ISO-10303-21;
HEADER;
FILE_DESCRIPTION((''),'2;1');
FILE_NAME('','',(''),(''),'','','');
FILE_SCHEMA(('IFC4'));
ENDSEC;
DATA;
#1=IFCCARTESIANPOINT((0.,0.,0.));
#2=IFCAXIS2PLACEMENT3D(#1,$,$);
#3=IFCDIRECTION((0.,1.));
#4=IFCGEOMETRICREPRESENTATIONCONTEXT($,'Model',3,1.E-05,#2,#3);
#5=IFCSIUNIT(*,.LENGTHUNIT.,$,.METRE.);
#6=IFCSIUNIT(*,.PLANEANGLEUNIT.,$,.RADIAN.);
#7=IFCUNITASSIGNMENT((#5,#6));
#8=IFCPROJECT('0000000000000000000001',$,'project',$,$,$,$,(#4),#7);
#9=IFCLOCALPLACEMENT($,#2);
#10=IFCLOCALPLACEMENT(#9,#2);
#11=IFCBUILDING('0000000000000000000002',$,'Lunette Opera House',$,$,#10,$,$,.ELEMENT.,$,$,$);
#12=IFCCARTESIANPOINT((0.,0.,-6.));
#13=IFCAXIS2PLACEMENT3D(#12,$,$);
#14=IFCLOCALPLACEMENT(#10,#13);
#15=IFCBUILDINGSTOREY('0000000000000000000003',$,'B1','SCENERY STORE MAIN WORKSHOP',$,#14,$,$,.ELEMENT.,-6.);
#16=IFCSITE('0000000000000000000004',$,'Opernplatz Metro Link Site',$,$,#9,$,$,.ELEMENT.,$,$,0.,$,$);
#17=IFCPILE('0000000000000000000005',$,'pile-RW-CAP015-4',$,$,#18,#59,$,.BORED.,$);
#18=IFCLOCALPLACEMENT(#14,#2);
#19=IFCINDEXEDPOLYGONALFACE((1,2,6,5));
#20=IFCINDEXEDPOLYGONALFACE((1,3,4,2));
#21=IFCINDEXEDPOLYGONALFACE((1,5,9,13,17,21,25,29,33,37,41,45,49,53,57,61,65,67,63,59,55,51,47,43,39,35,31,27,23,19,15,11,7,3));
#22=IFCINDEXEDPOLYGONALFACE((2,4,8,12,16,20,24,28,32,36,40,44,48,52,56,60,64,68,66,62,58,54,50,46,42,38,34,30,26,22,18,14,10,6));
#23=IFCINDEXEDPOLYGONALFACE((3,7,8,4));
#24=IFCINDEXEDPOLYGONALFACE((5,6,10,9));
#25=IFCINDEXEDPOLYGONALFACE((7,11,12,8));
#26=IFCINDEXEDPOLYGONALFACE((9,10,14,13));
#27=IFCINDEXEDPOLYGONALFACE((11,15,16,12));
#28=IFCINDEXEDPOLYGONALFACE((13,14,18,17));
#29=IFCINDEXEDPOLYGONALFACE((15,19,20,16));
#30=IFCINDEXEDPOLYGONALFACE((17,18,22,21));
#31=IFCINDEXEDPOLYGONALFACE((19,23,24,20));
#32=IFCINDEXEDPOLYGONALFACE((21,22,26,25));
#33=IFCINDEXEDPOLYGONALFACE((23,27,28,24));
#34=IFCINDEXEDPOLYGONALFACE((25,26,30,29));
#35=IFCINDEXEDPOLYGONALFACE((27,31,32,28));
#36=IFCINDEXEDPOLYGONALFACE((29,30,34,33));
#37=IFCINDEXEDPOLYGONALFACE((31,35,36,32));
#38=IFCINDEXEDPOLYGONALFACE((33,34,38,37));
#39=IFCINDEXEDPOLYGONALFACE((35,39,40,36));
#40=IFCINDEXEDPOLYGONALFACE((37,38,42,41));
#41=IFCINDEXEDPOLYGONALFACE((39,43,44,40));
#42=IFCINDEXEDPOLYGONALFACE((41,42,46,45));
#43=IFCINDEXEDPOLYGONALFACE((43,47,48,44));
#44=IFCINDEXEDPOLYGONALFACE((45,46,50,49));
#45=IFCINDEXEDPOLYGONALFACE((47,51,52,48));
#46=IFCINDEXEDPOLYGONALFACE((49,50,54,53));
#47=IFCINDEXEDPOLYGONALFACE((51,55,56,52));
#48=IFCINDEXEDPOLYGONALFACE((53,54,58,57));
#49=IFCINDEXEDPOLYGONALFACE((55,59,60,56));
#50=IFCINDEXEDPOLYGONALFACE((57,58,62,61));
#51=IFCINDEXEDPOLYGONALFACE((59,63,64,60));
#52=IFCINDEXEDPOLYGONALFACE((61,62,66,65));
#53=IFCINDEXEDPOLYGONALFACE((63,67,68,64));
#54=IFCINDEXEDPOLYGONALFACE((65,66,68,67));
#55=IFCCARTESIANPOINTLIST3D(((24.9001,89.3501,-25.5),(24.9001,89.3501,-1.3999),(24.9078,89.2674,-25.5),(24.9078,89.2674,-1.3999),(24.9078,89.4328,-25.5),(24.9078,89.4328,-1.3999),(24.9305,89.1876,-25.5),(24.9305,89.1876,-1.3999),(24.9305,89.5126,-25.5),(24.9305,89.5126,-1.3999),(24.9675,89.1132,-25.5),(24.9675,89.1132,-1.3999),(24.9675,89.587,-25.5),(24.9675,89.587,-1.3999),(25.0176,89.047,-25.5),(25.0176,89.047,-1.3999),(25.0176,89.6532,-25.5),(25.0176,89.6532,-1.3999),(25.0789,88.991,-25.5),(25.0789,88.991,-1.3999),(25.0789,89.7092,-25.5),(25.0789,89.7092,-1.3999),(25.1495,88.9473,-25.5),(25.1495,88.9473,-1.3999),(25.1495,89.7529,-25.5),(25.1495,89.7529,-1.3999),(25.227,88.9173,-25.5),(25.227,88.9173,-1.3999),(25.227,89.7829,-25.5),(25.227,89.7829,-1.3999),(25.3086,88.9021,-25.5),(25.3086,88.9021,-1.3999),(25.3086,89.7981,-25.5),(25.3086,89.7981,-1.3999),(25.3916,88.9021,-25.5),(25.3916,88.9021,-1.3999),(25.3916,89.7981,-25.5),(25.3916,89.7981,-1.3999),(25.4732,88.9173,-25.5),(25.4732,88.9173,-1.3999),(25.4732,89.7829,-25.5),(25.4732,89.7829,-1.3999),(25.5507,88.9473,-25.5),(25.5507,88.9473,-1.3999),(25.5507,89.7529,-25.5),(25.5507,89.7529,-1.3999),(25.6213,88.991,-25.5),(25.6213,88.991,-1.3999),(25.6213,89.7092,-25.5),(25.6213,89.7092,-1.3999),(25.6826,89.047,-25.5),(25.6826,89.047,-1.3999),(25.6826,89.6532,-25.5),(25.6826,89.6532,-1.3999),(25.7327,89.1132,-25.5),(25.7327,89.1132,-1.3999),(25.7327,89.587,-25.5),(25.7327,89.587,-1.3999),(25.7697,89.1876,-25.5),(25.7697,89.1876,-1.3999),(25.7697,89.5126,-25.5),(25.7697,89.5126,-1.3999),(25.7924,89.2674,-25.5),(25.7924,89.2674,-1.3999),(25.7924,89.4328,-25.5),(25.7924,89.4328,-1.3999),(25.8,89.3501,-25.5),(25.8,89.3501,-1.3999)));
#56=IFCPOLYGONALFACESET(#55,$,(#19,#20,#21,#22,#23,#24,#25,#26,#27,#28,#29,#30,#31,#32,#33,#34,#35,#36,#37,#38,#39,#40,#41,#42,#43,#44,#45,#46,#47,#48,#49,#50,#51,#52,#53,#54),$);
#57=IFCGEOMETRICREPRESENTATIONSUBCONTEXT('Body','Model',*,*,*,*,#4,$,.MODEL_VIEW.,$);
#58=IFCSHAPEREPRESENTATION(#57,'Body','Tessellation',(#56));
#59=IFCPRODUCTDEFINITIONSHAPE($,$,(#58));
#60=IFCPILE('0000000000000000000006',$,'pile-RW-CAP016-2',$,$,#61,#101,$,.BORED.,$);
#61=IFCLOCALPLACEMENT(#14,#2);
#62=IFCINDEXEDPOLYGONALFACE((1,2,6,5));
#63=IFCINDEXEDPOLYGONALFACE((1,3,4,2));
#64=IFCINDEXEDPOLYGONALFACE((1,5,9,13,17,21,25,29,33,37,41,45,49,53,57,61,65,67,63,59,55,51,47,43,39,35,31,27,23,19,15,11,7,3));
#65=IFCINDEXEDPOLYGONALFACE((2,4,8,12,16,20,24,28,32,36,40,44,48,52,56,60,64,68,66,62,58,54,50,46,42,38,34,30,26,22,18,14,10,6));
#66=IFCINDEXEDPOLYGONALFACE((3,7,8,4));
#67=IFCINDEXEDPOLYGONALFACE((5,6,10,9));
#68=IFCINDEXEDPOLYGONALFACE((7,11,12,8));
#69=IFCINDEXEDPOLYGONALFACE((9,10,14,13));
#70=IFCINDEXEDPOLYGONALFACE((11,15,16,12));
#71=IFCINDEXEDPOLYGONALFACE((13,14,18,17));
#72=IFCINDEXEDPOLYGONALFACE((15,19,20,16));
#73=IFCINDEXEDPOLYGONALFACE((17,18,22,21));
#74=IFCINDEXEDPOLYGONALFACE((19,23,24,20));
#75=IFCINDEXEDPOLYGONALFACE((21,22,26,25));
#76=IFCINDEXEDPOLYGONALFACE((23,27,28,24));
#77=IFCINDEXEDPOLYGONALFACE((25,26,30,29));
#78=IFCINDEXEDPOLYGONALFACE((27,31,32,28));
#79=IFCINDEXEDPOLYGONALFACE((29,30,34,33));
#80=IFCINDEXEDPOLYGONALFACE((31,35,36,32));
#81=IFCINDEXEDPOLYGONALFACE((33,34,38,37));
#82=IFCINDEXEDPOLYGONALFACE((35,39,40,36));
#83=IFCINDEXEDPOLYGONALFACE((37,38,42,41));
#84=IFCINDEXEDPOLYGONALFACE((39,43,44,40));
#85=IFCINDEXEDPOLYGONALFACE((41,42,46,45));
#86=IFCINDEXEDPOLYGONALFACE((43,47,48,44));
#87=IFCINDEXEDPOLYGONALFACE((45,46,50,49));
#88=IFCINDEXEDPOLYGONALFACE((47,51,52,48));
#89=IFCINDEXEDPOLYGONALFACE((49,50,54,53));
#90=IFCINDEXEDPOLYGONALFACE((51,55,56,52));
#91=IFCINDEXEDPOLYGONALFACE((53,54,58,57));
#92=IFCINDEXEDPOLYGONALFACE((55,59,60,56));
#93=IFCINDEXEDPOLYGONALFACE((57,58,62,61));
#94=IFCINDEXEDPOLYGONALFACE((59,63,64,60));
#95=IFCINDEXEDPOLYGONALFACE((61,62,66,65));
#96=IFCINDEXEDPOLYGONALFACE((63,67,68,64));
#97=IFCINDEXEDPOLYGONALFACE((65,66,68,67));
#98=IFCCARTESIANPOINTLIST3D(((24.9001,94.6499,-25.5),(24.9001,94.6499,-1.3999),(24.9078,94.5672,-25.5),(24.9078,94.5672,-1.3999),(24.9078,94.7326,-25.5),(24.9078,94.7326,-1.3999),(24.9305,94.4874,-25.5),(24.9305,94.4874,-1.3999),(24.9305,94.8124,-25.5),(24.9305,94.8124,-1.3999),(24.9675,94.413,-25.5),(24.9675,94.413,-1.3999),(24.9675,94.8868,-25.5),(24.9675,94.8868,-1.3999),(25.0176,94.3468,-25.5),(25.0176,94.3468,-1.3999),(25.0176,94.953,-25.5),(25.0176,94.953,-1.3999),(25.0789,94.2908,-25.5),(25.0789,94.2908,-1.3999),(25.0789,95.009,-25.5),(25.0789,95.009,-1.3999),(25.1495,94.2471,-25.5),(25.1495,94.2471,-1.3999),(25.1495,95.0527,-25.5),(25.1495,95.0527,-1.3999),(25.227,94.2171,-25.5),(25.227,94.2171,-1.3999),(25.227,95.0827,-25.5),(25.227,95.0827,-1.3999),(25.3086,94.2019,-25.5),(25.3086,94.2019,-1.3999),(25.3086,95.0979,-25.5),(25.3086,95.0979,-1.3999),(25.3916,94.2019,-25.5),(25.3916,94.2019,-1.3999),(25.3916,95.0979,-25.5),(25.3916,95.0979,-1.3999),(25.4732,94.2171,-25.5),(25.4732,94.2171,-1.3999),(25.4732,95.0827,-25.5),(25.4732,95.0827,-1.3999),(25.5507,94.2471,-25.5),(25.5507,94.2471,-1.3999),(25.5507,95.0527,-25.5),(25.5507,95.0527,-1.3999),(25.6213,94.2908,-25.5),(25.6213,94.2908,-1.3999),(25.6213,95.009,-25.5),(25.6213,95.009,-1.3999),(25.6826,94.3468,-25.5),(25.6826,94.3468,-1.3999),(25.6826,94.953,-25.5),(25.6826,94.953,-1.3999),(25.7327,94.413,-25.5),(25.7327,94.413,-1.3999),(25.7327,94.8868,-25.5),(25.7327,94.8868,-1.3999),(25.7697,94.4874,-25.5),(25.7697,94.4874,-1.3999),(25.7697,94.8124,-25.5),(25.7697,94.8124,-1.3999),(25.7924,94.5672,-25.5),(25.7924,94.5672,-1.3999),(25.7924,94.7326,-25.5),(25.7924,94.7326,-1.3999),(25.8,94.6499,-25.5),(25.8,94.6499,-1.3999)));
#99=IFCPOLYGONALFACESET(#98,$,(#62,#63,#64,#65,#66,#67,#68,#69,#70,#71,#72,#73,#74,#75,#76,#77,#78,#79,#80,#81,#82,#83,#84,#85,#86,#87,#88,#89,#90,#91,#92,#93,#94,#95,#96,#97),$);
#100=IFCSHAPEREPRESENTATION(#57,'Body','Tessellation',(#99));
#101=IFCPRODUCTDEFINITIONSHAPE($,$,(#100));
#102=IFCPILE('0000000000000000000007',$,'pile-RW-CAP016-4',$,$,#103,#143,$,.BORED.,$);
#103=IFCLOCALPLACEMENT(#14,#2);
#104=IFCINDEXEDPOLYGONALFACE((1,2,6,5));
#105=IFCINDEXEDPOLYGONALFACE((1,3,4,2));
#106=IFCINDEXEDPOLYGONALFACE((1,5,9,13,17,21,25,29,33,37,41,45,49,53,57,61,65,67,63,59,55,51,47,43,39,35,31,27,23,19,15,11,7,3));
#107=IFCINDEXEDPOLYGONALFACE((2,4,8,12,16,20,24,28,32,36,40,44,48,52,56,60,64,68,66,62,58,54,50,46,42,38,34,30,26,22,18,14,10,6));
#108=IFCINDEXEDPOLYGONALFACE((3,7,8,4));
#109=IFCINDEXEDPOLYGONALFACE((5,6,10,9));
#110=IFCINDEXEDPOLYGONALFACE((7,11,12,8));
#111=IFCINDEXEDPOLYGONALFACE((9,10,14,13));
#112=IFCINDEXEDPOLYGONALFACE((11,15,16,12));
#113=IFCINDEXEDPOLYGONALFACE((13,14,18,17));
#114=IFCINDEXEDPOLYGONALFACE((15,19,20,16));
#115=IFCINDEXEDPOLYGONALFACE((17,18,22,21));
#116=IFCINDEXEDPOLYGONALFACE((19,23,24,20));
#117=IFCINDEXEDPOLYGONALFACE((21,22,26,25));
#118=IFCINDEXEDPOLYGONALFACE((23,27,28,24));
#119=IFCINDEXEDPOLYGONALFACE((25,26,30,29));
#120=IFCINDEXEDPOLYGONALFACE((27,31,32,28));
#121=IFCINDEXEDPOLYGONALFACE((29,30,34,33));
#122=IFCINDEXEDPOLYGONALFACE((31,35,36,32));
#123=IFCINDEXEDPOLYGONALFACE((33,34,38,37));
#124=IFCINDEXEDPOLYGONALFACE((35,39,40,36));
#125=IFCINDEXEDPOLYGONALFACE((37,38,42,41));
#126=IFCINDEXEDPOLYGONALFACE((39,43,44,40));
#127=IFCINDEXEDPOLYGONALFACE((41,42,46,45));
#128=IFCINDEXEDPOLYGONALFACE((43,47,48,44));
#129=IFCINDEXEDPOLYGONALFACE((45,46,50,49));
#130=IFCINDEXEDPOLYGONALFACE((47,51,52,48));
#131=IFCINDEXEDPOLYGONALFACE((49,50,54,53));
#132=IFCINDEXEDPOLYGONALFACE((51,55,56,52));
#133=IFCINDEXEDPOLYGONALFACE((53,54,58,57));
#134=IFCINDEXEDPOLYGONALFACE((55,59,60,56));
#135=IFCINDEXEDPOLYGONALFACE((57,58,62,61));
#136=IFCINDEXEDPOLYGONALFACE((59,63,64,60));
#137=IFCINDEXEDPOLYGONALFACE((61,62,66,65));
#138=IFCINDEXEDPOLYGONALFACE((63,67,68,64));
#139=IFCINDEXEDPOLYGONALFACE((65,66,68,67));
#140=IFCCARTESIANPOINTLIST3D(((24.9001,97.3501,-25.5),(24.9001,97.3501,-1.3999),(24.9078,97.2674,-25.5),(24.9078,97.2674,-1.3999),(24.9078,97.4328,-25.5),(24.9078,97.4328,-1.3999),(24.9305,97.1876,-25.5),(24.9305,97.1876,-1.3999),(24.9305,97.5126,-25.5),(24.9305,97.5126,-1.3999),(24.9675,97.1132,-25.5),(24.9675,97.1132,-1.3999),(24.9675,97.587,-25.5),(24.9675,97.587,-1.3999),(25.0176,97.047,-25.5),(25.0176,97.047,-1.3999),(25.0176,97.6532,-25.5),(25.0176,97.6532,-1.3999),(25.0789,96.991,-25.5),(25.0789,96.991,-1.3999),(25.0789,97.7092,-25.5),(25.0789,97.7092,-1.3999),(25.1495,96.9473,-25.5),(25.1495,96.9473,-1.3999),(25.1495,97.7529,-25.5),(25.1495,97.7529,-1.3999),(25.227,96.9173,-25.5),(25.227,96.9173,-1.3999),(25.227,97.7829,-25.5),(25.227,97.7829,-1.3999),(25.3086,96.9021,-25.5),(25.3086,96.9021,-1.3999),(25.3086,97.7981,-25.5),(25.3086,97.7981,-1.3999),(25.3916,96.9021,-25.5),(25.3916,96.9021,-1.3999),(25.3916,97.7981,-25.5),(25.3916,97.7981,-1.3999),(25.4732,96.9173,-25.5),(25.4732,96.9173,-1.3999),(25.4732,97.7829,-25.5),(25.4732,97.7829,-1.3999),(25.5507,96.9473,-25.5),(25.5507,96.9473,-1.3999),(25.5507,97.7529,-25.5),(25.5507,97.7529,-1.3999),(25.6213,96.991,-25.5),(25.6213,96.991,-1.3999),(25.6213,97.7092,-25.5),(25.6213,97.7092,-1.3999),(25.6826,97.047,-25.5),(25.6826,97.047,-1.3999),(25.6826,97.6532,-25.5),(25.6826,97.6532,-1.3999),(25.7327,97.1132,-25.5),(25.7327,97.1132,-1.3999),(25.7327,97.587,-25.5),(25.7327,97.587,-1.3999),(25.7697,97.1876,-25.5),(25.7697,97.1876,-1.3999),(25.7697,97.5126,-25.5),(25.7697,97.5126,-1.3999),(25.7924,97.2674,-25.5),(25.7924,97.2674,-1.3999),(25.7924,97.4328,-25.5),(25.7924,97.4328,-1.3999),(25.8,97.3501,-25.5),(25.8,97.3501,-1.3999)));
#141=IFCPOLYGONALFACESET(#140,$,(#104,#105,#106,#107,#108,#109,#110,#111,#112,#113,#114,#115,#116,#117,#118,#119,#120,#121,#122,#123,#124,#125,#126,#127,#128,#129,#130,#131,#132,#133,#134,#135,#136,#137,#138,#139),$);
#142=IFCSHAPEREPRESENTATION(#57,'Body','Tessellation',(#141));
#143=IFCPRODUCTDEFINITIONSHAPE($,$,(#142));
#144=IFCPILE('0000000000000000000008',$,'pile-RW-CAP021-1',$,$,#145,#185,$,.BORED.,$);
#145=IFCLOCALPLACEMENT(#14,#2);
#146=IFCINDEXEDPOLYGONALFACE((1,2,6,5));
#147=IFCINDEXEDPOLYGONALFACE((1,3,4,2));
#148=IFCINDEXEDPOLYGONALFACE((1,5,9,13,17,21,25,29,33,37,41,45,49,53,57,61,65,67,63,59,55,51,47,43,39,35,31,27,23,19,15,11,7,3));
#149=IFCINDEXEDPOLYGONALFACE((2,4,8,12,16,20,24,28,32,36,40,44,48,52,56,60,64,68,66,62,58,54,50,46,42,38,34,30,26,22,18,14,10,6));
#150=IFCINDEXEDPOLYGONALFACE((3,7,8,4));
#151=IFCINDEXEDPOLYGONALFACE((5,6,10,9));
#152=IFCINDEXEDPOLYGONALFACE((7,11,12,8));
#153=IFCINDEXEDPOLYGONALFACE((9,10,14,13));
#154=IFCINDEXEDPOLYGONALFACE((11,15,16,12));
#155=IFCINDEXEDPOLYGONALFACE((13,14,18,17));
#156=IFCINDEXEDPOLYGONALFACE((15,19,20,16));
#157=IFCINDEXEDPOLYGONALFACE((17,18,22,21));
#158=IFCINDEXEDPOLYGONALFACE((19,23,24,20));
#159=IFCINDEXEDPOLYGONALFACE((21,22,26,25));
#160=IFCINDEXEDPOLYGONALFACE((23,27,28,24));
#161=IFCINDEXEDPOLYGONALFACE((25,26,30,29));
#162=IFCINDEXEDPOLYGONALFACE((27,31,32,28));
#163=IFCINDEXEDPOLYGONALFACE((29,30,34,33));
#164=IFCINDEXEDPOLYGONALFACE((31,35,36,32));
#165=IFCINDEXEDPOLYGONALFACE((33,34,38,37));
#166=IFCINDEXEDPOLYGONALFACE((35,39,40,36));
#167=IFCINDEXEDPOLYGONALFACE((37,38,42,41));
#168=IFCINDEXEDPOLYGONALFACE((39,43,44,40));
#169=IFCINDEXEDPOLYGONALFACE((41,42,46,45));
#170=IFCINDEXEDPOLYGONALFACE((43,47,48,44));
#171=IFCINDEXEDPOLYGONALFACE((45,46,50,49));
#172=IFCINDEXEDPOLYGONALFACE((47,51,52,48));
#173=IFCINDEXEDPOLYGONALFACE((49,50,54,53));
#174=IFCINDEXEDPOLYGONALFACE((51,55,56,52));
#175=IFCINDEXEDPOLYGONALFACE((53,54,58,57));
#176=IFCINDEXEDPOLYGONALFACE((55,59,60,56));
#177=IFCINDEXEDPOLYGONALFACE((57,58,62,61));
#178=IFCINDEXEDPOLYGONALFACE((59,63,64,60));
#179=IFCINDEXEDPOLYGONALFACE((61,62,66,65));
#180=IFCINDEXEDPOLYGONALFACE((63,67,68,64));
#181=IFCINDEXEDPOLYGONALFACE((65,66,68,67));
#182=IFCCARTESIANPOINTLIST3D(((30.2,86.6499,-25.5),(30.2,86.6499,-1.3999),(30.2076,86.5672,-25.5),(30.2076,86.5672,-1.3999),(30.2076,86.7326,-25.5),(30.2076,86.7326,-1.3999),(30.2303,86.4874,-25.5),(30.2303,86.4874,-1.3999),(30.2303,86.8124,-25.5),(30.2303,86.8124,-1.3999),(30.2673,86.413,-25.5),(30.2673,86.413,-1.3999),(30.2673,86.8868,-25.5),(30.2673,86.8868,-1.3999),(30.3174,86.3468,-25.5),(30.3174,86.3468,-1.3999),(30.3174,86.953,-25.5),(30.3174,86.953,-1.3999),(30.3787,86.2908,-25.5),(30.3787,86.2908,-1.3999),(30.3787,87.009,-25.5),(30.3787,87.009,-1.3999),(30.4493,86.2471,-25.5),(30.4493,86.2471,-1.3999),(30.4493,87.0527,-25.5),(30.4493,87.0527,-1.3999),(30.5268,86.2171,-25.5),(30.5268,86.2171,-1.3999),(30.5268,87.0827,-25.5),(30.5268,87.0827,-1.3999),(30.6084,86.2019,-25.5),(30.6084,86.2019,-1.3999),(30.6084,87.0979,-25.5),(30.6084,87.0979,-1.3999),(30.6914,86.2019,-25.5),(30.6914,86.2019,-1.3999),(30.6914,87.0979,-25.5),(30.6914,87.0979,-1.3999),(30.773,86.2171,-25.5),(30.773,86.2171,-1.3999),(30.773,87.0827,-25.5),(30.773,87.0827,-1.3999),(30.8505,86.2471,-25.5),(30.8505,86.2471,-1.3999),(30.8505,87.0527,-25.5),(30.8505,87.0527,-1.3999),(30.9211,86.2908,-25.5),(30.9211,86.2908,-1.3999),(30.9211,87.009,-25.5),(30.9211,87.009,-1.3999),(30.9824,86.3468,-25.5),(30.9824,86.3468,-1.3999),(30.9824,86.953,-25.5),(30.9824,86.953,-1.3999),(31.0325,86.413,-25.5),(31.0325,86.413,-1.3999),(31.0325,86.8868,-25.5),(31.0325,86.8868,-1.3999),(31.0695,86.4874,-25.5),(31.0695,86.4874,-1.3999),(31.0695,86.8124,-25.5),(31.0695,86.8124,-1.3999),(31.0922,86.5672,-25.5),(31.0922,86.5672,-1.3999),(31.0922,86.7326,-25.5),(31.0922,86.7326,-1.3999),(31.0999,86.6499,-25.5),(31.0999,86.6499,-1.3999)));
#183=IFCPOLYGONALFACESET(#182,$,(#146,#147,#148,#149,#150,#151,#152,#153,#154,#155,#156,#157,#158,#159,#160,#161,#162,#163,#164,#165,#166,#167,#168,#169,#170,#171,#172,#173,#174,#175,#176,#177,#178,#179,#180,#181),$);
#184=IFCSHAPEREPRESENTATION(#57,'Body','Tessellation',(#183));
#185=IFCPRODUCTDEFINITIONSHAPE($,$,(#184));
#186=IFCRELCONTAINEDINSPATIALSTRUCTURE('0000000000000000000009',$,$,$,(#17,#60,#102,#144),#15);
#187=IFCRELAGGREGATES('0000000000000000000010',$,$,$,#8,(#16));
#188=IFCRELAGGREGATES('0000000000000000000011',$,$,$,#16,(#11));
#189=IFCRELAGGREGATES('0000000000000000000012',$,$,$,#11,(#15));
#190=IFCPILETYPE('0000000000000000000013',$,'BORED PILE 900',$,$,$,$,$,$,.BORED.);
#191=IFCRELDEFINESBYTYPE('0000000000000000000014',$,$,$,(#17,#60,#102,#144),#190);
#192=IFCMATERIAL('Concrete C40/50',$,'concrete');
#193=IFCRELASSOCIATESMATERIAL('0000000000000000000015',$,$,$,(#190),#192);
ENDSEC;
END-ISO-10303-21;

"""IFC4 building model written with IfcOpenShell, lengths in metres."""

from ifc_helpers import new_model, si_unit, direction, frame, origin, origin_2d, place, context, subcontext, project, spatial, circle, extrude, material, material_profile, profile_set, type_object, element, save


model = new_model("IFC4")

# Units and contexts
model_context = context("Model", 3, precision=1e-05, world=origin(), true_north=direction((0.0, 1.0)))
body_context = subcontext(model_context, "Body", "Model", "MODEL_VIEW")
ifc_project = project(units=[si_unit("LENGTHUNIT", "METRE"), si_unit("PLANEANGLEUNIT", "RADIAN")], contexts=[model_context])

# Site, building, storey
site_placement = place(None, origin())
site = spatial("IfcSite", under=ifc_project, at=site_placement, Name="Opernplatz Metro Link Site", CompositionType="ELEMENT", RefElevation=0.0)
building_placement = place(site_placement, origin())
building = spatial("IfcBuilding", under=site, at=building_placement, Name="Lunette Opera House", CompositionType="ELEMENT")
storey_placement = place(building_placement, frame((0.0, 0.0, -6.0)))
storey = spatial("IfcBuildingStorey", under=building, at=storey_placement, Name="B1", Description="SCENERY STORE MAIN WORKSHOP", CompositionType="ELEMENT", Elevation=-6.0)

# Piles
ifc_material_1 = material(Name="Concrete C40/50", Category="concrete")
ifc_material_profile_1 = material_profile(ifc_material_1, circle(Radius=0.45, at=origin_2d()), Name="BORED PILE 900")
ifc_profile_set_1 = profile_set([ifc_material_profile_1], Name="Concrete C40/50")
pile_type = type_object("IfcPileType", Name="BORED PILE 900", PredefinedType="BORED", material=ifc_profile_set_1)
for number, where, z_axis, x_axis, name in (
    (1, (25.3501, 89.3501, -1.3999), (0.0, 0.0, -1.0), (1.0, 0.0, 0.0), "pile-RW-CAP015-4"),
    (2, (25.3501, 94.6499, -1.3999), (0.0, 0.0, -1.0), (1.0, 0.0, 0.0), "pile-RW-CAP016-2"),
    (3, (25.3501, 97.3501, -1.3999), (0.0, 0.0, -1.0), (1.0, 0.0, 0.0), "pile-RW-CAP016-4"),
    (4, (30.6499, 86.6499, -1.3999), (0.0, 0.0, -1.0), (1.0, 0.0, 0.0), "pile-RW-CAP021-1"),
):
    element("IfcPile", number, at=place(storey_placement, frame(where, z_axis=z_axis, x_axis=x_axis)), inside=storey, type_object=pile_type, Name=name, PredefinedType="BORED", context=body_context, shape_type="SweptSolid", body=[
        extrude(circle(Radius=0.45, at=origin_2d()), origin(), (0.0, 0.0, 1.0), 24.1001),
    ])

save(model, "model.ifc")
